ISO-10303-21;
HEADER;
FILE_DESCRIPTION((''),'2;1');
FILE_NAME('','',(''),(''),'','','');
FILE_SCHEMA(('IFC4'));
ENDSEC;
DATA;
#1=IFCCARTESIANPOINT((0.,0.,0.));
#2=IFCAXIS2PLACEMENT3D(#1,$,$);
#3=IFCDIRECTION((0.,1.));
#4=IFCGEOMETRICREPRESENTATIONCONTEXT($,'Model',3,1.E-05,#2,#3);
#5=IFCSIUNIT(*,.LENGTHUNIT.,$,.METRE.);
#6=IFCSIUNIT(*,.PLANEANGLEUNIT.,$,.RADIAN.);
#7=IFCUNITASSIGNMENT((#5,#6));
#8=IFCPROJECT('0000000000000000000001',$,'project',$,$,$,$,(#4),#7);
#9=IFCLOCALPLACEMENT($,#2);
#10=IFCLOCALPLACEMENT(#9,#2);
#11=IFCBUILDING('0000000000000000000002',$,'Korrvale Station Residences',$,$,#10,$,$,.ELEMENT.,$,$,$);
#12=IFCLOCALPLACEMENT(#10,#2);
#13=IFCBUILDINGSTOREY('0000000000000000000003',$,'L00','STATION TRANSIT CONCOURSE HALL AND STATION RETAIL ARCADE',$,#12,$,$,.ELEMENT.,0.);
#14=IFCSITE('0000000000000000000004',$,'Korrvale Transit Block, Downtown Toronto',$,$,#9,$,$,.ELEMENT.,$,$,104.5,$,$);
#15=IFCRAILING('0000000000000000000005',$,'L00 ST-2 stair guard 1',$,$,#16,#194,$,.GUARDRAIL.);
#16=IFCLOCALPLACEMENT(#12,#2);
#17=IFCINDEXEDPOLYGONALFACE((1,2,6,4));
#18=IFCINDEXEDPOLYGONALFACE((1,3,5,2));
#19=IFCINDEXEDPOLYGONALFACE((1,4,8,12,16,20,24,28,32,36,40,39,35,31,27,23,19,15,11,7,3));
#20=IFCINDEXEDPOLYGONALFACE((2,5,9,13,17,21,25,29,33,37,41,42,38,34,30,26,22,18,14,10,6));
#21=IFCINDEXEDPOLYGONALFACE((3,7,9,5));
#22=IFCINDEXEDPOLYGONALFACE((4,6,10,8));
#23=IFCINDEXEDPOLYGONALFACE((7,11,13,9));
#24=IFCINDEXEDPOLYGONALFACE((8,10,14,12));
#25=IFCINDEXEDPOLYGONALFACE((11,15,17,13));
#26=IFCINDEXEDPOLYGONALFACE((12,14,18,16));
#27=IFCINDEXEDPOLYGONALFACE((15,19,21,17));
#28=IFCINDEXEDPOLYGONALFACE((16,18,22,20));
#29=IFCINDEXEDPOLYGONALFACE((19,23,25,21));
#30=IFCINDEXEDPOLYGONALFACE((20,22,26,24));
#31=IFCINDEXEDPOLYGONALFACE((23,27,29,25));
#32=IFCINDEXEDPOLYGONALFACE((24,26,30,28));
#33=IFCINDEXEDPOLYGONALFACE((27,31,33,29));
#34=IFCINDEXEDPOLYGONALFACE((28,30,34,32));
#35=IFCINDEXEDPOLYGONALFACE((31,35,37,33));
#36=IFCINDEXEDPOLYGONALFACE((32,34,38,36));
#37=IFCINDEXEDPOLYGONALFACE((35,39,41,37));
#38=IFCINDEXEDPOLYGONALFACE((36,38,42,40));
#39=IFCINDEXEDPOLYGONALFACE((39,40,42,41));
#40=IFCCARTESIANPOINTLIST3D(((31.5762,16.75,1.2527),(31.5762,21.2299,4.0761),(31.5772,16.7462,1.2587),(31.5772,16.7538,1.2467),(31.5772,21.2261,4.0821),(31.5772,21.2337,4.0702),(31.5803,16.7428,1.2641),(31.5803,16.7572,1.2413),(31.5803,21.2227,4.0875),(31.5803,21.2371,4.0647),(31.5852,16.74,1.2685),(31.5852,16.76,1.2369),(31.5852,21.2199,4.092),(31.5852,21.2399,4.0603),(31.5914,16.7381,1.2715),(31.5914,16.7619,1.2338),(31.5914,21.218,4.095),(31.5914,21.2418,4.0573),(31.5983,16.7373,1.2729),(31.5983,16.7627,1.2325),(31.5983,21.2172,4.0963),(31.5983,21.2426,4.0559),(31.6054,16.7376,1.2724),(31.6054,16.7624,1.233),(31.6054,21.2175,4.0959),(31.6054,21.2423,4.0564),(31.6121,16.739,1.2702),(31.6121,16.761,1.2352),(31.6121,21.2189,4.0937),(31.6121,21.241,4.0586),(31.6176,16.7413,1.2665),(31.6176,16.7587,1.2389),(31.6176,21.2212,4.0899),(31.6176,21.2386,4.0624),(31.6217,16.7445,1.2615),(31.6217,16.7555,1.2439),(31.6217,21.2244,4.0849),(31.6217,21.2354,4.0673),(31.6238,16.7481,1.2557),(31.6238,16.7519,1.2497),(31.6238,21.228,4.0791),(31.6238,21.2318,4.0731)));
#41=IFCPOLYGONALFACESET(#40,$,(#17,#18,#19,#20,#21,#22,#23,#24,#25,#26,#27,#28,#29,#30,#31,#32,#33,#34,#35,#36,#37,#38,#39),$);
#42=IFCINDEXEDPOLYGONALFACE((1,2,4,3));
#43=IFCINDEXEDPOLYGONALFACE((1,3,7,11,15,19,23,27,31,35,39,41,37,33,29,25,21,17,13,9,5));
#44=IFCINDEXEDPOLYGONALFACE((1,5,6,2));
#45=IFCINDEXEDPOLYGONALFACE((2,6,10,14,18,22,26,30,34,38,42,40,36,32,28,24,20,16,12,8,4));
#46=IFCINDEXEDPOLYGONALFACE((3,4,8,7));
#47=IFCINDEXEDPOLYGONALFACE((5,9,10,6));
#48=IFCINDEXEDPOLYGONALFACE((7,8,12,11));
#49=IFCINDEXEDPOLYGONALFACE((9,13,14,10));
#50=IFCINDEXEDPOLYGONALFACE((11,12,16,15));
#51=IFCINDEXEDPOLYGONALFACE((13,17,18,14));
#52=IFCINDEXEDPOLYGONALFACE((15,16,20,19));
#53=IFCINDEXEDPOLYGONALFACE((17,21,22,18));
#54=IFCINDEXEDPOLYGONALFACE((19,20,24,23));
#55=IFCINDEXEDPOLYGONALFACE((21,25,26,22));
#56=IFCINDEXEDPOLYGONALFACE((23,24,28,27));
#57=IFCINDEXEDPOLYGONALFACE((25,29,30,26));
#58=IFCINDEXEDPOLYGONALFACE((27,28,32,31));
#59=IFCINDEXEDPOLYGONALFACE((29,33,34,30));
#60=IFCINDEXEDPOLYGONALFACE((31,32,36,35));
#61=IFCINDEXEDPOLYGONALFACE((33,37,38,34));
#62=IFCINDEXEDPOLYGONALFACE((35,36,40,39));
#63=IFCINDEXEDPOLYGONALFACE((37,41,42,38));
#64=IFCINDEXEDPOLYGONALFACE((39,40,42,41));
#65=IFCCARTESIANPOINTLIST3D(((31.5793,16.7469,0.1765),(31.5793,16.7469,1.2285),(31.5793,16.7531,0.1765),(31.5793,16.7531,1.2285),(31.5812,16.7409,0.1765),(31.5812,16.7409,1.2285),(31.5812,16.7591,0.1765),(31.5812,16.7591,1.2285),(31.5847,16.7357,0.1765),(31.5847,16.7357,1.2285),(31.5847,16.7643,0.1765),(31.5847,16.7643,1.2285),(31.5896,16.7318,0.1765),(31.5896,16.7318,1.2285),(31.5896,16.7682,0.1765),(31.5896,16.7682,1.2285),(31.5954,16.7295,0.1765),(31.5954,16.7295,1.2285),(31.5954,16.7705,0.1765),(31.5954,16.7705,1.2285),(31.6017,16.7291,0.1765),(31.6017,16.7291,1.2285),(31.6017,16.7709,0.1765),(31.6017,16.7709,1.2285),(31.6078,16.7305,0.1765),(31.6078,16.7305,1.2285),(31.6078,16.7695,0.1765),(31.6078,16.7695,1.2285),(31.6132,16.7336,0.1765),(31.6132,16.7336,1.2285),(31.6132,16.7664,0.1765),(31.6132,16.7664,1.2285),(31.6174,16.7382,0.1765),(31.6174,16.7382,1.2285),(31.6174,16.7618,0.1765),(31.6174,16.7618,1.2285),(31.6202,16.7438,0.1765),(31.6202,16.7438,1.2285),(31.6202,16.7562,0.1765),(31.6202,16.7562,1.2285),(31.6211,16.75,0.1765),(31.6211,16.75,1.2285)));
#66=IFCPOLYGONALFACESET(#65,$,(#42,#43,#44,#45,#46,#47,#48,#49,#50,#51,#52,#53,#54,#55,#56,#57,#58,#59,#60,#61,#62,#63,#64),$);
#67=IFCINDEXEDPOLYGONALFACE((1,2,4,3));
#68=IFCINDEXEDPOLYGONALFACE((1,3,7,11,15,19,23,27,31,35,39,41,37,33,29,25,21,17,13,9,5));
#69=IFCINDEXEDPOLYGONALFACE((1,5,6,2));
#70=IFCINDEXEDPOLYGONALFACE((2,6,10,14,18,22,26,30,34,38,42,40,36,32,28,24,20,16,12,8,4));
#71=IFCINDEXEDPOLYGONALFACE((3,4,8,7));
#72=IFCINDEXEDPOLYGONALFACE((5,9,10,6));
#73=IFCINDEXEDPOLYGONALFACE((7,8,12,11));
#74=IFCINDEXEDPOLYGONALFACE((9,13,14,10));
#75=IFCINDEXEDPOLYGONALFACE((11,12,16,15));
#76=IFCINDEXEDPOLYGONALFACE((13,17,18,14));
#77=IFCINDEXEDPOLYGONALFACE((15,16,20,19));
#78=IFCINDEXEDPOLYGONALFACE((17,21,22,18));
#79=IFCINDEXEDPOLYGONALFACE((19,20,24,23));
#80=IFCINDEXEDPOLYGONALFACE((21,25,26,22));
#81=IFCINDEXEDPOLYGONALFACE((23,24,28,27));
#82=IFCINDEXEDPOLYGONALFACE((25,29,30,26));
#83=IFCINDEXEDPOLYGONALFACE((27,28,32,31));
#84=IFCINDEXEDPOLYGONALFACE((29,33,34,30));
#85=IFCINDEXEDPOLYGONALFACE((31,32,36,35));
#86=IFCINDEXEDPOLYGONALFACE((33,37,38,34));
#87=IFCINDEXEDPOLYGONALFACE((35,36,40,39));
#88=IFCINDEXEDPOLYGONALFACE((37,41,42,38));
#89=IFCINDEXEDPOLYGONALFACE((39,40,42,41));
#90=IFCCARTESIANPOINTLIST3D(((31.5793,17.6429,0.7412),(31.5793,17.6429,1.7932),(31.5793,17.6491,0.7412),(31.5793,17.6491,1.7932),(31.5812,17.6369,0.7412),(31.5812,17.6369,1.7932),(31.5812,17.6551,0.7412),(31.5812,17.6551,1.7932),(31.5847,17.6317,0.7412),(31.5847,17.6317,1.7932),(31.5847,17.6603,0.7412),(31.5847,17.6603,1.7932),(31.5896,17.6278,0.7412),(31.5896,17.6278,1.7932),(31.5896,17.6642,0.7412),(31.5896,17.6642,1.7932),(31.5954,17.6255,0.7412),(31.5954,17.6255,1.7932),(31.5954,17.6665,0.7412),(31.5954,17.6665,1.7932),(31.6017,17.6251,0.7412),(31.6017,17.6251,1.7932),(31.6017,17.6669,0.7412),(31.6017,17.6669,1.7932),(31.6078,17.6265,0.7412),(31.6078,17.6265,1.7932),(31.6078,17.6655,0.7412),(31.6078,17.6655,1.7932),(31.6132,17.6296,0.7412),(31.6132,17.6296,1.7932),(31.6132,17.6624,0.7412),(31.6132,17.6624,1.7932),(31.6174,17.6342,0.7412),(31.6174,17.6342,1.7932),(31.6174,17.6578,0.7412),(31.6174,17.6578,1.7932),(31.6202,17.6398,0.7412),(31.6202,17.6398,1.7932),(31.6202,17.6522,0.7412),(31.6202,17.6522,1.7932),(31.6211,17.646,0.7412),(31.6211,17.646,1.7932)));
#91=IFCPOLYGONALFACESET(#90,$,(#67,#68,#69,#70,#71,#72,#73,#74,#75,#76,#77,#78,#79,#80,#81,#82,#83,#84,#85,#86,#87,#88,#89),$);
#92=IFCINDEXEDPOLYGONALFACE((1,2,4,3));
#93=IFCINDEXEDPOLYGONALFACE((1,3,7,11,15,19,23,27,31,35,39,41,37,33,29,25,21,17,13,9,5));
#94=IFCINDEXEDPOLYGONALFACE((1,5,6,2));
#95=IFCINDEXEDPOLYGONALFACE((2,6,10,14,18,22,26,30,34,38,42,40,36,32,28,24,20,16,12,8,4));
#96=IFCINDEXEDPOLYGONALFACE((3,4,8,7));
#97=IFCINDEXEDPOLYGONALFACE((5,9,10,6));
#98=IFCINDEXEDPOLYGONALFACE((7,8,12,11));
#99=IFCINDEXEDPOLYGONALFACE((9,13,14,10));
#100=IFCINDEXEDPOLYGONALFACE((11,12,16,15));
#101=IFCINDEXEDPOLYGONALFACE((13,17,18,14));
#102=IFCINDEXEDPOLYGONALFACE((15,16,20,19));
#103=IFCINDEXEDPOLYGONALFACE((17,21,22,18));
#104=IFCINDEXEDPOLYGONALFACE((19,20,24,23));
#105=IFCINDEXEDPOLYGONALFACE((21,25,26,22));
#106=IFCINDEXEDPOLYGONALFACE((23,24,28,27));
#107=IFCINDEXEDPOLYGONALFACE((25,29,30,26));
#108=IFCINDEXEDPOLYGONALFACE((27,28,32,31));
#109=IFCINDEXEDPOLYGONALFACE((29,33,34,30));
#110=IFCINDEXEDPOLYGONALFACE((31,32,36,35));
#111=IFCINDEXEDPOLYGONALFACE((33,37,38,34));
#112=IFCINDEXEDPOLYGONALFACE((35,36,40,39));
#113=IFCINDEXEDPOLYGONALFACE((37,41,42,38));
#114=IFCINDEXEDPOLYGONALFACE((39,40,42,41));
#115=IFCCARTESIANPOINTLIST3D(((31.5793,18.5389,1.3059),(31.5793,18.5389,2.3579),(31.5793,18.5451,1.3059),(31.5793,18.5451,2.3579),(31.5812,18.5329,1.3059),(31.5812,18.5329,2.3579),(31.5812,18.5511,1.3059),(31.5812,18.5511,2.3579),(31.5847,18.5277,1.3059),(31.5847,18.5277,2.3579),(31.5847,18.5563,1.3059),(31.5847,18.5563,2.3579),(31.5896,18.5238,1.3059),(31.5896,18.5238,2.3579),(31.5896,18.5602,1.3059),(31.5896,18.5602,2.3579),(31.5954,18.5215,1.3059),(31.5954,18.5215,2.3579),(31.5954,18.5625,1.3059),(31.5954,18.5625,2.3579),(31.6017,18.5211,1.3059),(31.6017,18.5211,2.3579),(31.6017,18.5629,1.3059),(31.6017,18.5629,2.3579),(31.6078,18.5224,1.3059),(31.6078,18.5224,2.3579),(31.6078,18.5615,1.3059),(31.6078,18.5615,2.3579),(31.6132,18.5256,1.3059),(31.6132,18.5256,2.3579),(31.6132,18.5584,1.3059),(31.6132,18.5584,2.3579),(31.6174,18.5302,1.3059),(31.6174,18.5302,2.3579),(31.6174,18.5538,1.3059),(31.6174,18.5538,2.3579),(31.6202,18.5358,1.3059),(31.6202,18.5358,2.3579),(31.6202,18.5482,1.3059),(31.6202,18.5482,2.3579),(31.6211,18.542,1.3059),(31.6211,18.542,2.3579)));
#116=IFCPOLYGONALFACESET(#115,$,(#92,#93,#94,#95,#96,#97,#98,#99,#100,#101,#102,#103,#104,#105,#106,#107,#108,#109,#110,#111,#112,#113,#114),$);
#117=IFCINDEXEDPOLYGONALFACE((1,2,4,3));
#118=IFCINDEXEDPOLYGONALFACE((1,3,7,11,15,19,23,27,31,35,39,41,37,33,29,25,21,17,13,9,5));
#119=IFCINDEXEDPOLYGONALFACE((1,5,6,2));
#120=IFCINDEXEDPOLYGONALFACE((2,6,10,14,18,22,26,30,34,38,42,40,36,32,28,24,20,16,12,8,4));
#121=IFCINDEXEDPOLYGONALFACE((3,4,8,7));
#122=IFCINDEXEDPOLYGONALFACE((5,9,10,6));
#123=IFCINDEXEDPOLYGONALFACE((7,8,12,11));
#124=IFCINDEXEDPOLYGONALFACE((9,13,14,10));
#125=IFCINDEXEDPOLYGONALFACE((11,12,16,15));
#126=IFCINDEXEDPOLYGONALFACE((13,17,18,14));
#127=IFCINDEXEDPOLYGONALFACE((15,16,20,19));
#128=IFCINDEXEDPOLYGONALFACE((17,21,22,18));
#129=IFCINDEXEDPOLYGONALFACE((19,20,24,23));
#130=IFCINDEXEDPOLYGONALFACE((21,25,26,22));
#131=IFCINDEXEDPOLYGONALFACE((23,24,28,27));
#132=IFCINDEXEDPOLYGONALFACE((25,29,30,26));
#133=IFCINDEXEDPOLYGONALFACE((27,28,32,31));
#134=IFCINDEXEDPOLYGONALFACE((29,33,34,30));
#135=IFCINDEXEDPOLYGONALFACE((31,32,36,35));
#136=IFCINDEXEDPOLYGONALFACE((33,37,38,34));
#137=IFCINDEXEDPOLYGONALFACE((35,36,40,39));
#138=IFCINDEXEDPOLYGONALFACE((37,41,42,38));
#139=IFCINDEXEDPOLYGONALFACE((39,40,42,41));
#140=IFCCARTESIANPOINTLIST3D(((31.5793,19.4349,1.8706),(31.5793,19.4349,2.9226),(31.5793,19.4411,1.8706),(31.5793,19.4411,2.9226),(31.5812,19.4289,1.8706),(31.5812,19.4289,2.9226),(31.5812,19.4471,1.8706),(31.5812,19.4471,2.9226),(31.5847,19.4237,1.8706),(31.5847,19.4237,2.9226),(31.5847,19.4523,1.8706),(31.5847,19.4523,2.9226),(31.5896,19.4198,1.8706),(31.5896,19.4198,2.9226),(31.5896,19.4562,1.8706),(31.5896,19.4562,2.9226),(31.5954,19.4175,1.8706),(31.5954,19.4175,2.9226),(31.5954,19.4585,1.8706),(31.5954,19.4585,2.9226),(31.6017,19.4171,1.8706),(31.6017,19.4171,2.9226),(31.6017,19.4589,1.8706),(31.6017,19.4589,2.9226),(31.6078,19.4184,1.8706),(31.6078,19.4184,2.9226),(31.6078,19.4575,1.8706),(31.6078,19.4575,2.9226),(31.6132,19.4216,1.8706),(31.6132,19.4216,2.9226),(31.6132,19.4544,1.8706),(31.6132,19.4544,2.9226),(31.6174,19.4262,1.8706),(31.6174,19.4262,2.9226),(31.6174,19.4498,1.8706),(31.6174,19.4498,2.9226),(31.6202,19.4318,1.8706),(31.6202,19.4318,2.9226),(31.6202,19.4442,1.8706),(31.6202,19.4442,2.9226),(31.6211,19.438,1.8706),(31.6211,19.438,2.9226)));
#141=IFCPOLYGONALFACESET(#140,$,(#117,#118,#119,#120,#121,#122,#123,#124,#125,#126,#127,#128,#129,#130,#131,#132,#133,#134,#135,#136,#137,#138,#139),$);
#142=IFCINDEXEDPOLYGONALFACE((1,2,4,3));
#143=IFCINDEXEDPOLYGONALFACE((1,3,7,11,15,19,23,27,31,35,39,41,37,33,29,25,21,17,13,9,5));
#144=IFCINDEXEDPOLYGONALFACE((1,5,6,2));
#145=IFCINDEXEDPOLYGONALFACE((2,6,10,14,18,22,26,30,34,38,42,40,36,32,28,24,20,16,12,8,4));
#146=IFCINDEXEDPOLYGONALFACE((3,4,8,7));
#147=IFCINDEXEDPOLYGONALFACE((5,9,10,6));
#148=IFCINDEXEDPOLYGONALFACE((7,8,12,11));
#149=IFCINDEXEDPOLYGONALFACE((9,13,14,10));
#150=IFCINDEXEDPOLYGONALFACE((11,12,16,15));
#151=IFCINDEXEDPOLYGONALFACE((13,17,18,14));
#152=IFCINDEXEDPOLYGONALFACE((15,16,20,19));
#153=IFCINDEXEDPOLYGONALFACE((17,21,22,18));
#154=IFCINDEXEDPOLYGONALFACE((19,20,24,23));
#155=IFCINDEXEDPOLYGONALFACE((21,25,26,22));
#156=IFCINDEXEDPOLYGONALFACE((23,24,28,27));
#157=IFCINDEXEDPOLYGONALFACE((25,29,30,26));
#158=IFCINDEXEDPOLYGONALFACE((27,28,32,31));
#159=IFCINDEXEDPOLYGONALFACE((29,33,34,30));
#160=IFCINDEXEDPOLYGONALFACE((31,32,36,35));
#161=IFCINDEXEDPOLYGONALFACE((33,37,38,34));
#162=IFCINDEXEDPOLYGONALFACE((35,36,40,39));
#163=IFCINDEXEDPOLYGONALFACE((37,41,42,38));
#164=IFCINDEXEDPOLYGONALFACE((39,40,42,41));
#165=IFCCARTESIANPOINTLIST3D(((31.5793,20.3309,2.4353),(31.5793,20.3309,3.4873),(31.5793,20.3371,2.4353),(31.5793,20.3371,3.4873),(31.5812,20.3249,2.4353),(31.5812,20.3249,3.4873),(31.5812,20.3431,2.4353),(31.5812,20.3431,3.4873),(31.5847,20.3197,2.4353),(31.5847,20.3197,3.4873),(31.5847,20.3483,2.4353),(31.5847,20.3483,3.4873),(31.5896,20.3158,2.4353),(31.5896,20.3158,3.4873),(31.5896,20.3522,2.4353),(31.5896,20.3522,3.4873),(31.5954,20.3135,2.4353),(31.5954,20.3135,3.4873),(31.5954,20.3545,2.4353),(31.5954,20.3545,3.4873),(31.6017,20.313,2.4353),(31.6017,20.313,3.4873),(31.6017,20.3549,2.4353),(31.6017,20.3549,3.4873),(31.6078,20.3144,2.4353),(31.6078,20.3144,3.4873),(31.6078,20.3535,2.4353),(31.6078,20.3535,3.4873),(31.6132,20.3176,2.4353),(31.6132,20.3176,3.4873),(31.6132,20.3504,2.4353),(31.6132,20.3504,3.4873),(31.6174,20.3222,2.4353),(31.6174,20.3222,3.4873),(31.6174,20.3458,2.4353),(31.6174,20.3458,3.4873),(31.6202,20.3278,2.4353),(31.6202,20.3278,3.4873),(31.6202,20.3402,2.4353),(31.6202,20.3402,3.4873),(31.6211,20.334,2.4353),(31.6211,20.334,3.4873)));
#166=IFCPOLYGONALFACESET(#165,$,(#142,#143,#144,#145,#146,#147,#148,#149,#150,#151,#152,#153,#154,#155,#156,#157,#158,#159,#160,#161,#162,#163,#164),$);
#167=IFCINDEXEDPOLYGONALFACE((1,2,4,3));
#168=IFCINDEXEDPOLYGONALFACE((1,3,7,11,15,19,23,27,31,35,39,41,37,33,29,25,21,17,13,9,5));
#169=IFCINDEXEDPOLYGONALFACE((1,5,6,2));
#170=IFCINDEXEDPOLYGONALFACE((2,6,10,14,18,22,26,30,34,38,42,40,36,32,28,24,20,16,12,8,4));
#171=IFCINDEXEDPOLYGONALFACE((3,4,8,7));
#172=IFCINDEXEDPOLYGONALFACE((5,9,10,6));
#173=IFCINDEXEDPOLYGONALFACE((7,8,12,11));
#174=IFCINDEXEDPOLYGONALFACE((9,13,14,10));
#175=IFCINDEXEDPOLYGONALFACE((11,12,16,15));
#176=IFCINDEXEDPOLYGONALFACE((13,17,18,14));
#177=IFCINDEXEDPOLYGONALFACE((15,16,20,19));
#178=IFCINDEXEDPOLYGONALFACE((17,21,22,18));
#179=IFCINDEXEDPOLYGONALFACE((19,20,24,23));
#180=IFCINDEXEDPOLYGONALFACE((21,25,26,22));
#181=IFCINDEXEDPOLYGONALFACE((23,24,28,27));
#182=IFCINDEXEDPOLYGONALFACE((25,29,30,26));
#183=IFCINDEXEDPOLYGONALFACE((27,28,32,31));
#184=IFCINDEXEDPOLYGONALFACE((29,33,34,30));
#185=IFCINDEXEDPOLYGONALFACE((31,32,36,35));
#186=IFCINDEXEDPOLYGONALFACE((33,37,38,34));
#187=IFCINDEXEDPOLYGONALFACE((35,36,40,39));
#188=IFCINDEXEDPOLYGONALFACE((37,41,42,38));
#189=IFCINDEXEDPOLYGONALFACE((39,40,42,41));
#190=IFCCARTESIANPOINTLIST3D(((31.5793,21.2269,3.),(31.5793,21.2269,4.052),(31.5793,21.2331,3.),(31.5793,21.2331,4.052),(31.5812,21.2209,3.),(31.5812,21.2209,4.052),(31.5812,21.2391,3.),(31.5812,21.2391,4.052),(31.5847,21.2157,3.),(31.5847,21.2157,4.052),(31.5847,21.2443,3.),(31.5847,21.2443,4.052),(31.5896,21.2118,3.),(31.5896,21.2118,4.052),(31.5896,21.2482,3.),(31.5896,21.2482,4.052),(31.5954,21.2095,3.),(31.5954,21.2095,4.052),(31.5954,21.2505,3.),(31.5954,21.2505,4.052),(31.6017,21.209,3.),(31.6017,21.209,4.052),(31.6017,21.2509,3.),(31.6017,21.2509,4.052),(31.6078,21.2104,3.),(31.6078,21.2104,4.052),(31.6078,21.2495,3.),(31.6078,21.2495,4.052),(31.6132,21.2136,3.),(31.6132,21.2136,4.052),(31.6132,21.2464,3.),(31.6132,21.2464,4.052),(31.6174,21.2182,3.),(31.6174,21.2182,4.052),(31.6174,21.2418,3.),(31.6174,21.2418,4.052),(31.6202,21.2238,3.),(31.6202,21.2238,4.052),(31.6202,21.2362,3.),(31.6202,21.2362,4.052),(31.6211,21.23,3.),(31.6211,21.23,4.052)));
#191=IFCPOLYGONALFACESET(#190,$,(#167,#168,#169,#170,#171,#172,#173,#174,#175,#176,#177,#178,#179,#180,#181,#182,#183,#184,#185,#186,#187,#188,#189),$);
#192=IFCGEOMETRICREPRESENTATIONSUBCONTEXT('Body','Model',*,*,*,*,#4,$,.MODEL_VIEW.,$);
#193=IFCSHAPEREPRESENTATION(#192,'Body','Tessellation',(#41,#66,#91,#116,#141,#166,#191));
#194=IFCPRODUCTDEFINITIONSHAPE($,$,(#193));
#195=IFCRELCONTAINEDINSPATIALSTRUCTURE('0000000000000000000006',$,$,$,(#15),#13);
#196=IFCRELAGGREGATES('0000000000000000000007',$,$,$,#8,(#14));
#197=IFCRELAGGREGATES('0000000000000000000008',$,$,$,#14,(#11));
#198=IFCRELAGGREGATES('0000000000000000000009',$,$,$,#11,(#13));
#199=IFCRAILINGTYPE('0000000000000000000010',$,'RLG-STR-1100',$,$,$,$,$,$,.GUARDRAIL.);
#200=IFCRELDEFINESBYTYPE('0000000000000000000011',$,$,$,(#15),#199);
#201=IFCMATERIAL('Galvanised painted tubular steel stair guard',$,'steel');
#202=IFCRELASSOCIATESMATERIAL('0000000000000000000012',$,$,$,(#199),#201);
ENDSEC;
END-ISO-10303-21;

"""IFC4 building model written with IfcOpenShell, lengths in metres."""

from ifc_helpers import new_model, si_unit, direction, frame, origin, origin_2d, place, context, subcontext, project, spatial, circle, extrude, material, type_object, element, save


model = new_model("IFC4")

# Units and contexts
model_context = context("Model", 3, precision=1e-05, world=origin(), true_north=direction((0.0, 1.0)))
body_context = subcontext(model_context, "Body", "Model", "MODEL_VIEW")
ifc_project = project(units=[si_unit("LENGTHUNIT", "METRE"), si_unit("PLANEANGLEUNIT", "RADIAN")], contexts=[model_context])

# Site, building, storey
site_placement = place(None, origin())
site = spatial("IfcSite", under=ifc_project, at=site_placement, Name="Korrvale Transit Block, Downtown Toronto", CompositionType="ELEMENT", RefElevation=104.5)
building_placement = place(site_placement, origin())
building = spatial("IfcBuilding", under=site, at=building_placement, Name="Korrvale Station Residences", CompositionType="ELEMENT")
storey_placement = place(building_placement, origin())
storey = spatial("IfcBuildingStorey", under=building, at=storey_placement, Name="L00", Description="STATION TRANSIT CONCOURSE HALL AND STATION RETAIL ARCADE", CompositionType="ELEMENT", Elevation=0.0)

# Railing
ifc_material_1 = material(Name="Galvanised painted tubular steel stair guard", Category="steel")
railing_type_1 = type_object("IfcRailingType", Name="RLG-STR-1100", PredefinedType="GUARDRAIL", material=ifc_material_1)
railing_1_placement = place(storey_placement, frame((31.6001, 16.75, 0.1765)))
element("IfcRailing", 1, at=railing_1_placement, inside=storey, type_object=railing_type_1, Name="L00 ST-2 stair guard 1", PredefinedType="GUARDRAIL", context=body_context, shape_type="SweptSolid", body=[
    extrude(circle(Radius=0.0239, at=origin_2d()), frame((0.0, 0.0, 1.0762), z_axis=(0.0, 0.845998, 0.533186), x_axis=(-1.0, 0.0, 0.0)), (0.0, 0.0, 1.0), 5.2954),
    extrude(circle(Radius=0.021, at=origin_2d()), origin(), (0.0, 0.0, 1.0), 1.052),
    extrude(circle(Radius=0.021, at=origin_2d()), frame((0.0, 0.896, 0.5647)), (0.0, 0.0, 1.0), 1.052),
    extrude(circle(Radius=0.021, at=origin_2d()), frame((0.0, 1.792, 1.1294)), (0.0, 0.0, 1.0), 1.052),
    extrude(circle(Radius=0.021, at=origin_2d()), frame((0.0, 2.688, 1.6941)), (0.0, 0.0, 1.0), 1.052),
    extrude(circle(Radius=0.021, at=origin_2d()), frame((0.0, 3.584, 2.2588)), (0.0, 0.0, 1.0), 1.052),
    extrude(circle(Radius=0.021, at=origin_2d()), frame((0.0, 4.48, 2.8235)), (0.0, 0.0, 1.0), 1.052),
])

save(model, "model.ifc")
